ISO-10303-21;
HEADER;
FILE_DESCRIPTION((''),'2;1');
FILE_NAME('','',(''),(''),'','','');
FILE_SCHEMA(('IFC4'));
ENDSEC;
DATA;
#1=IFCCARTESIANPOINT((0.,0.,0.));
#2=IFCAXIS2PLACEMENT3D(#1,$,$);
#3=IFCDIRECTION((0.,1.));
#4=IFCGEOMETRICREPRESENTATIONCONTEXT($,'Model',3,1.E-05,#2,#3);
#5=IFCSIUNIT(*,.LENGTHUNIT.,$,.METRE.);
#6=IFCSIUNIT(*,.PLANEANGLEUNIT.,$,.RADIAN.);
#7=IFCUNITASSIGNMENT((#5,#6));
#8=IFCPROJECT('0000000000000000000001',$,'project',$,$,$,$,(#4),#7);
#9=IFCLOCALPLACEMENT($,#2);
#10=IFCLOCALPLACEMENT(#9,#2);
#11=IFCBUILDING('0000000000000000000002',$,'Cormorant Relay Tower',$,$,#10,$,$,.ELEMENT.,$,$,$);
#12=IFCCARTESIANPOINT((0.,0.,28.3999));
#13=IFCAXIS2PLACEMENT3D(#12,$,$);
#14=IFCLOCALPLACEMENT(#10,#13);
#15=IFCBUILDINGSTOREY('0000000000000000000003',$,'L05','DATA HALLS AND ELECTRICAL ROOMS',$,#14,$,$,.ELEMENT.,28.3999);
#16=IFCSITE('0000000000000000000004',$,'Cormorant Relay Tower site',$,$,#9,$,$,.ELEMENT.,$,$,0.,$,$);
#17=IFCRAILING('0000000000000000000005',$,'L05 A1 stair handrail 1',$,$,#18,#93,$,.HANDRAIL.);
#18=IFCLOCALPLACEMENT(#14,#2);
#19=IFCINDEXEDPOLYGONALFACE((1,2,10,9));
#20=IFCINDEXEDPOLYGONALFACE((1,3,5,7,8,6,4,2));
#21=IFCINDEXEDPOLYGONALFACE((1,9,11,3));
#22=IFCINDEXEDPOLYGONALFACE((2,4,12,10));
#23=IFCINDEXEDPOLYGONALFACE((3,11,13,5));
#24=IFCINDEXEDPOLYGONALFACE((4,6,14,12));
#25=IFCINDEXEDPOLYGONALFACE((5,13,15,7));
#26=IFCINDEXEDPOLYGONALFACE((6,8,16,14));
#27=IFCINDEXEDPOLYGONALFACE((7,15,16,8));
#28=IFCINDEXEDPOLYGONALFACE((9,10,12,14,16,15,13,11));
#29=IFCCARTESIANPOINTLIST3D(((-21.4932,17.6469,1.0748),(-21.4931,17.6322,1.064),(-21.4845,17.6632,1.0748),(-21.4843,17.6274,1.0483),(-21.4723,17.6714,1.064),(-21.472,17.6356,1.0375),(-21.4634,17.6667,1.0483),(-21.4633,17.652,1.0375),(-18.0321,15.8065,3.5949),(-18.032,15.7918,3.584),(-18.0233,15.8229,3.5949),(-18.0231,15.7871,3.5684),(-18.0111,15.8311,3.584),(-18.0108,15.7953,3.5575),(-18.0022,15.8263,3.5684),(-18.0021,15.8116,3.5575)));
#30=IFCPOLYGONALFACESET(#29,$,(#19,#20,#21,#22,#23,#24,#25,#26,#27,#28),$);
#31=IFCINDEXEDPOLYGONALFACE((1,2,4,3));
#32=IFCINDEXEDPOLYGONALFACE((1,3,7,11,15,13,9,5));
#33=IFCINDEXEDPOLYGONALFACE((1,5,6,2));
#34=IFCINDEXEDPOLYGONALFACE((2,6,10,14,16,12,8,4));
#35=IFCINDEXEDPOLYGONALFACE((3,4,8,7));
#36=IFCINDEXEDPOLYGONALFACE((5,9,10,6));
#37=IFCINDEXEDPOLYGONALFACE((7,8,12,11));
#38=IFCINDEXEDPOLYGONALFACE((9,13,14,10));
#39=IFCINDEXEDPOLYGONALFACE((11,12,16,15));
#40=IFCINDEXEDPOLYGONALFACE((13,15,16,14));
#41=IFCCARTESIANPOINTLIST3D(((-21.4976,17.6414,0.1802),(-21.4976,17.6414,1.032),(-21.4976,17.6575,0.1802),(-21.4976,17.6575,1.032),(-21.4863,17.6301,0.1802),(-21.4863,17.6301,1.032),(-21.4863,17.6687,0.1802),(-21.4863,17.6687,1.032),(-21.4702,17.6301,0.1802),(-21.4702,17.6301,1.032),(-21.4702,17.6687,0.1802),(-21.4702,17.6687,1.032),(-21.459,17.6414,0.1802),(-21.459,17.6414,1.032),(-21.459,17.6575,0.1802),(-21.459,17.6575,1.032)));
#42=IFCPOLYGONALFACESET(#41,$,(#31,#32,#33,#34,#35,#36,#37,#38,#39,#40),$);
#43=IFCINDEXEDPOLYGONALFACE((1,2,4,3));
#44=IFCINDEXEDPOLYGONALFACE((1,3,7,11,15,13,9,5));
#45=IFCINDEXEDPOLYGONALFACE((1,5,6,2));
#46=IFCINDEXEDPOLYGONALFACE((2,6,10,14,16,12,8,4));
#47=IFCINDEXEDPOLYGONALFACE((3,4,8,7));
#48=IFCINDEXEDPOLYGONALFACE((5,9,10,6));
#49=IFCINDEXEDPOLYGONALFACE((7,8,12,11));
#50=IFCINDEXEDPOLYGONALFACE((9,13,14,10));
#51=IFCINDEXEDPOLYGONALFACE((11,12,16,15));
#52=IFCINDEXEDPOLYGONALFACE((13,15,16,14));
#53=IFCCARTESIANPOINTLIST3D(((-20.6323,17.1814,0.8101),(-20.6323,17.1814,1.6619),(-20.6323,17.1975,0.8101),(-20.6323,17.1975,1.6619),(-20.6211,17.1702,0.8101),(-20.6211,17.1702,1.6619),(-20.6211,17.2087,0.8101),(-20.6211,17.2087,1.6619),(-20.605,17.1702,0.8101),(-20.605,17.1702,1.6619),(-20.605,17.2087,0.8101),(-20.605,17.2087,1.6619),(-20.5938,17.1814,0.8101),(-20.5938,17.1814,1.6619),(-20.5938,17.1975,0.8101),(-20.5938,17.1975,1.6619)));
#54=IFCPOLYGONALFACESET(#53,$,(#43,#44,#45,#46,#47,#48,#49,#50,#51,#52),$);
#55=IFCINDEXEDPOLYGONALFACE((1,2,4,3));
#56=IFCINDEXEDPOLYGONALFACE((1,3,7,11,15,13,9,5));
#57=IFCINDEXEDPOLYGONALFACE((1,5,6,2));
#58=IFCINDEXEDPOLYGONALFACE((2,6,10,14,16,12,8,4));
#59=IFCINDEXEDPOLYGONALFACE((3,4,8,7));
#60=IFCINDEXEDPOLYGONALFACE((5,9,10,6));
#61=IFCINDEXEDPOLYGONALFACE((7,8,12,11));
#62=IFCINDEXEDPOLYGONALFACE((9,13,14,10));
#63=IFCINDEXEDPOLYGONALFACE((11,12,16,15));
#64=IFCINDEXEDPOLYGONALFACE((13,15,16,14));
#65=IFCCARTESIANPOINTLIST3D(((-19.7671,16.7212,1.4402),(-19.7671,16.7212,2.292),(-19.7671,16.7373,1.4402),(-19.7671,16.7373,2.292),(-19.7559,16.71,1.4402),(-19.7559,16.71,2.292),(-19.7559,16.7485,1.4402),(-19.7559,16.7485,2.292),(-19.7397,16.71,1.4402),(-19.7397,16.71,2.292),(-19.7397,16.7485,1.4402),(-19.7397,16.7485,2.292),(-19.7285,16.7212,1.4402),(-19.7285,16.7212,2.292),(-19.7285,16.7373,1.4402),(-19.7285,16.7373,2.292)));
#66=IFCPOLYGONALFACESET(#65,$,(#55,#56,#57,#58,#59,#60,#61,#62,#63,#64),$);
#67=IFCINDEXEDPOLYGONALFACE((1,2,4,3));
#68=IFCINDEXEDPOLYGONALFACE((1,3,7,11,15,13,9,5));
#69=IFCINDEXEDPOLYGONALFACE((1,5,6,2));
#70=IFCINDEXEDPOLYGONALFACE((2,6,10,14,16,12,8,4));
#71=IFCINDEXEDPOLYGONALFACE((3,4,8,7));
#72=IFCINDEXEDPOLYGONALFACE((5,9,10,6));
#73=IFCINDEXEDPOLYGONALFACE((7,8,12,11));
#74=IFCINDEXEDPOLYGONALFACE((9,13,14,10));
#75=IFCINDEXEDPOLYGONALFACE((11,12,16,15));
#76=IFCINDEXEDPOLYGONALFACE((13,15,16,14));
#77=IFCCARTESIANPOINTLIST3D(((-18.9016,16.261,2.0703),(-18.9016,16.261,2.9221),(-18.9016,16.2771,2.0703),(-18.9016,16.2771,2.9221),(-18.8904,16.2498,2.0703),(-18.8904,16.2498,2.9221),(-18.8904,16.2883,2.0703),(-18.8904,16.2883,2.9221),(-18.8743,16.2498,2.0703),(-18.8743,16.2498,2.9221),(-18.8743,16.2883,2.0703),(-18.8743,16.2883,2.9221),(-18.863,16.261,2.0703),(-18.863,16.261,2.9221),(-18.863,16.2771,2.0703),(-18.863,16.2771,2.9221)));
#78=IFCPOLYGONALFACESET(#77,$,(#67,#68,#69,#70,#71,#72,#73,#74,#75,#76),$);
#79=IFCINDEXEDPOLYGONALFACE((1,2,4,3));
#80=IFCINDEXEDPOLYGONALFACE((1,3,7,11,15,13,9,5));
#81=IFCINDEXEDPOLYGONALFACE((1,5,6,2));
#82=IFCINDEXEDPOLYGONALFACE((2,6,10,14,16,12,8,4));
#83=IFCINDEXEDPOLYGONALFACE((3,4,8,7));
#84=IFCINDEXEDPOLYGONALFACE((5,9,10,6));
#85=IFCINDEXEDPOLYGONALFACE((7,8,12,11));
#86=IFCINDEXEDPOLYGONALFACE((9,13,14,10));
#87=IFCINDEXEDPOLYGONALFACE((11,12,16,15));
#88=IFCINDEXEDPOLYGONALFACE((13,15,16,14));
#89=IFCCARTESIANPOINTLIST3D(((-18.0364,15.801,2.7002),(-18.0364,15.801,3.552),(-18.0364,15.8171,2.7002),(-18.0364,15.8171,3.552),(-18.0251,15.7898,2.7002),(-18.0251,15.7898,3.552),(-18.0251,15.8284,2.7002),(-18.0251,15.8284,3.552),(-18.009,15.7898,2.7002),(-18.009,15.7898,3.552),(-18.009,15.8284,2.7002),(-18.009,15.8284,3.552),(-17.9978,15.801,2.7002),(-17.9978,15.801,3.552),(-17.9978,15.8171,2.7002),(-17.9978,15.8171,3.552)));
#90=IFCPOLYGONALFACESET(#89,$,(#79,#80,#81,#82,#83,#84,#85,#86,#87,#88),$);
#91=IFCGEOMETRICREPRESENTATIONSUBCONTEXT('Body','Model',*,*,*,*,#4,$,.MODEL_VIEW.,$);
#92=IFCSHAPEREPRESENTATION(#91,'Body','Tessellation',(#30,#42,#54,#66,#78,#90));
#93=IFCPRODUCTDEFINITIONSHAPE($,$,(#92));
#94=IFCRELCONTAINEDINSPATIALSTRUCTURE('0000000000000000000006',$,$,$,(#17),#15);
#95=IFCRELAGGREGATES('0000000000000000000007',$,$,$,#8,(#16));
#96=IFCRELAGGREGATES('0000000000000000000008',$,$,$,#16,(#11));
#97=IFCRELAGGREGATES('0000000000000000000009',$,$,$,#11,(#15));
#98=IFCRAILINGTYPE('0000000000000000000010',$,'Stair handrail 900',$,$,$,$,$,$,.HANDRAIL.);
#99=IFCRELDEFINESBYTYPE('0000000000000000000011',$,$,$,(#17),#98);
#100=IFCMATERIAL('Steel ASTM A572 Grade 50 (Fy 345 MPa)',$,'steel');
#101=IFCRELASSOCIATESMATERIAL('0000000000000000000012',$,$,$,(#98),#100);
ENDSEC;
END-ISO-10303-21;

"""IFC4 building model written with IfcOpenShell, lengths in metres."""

from ifc_helpers import new_model, si_unit, direction, frame, origin, place, context, subcontext, project, spatial, polyline, outline, extrude, material, type_object, element, save


model = new_model("IFC4")

# Units and contexts
model_context = context("Model", 3, precision=1e-05, world=origin(), true_north=direction((0.0, 1.0)))
body_context = subcontext(model_context, "Body", "Model", "MODEL_VIEW")
ifc_project = project(units=[si_unit("LENGTHUNIT", "METRE"), si_unit("PLANEANGLEUNIT", "RADIAN")], contexts=[model_context])

# Site, building, storey
site_placement = place(None, origin())
site = spatial("IfcSite", under=ifc_project, at=site_placement, Name="Cormorant Relay Tower site", CompositionType="ELEMENT", RefElevation=0.0)
building_placement = place(site_placement, origin())
building = spatial("IfcBuilding", under=site, at=building_placement, Name="Cormorant Relay Tower", CompositionType="ELEMENT")
storey_placement = place(building_placement, frame((0.0, 0.0, 28.3999)))
storey = spatial("IfcBuildingStorey", under=building, at=storey_placement, Name="L05", Description="DATA HALLS AND ELECTRICAL ROOMS", CompositionType="ELEMENT", Elevation=28.3999)

# Railing
ifc_material_1 = material(Name="Steel ASTM A572 Grade 50 (Fy 345 MPa)", Category="steel")
railing_type_1 = type_object("IfcRailingType", Name="Stair handrail 900", PredefinedType="HANDRAIL", material=ifc_material_1)
railing_1_placement = place(storey_placement, frame((-21.4783, 17.6494, 0.1802)))
element("IfcRailing", 1, at=railing_1_placement, inside=storey, type_object=railing_type_1, Name="L05 A1 stair handrail 1", PredefinedType="HANDRAIL", context=body_context, shape_type="SweptSolid", body=[
    extrude(outline(polyline([(0.0222, 0.0093), (0.0093, 0.0222), (-0.0093, 0.0222), (-0.0222, 0.0093), (-0.0222, -0.0093), (-0.0093, -0.0222), (0.0093, -0.0222), (0.0222, -0.0093), (0.0222, 0.0093)])), frame((0.0, 0.0, 0.876), z_axis=(0.742717, -0.394907, 0.540758), x_axis=(0.469469, 0.882949, 0.0)), (0.0, 0.0, 1.0), 4.6602),
    extrude(outline(polyline([(0.0193, 0.0081), (0.0081, 0.0193), (-0.0081, 0.0193), (-0.0193, 0.0081), (-0.0193, -0.0081), (-0.0081, -0.0193), (0.0081, -0.0193), (0.0193, -0.0081), (0.0193, 0.0081)])), origin(), (0.0, 0.0, 1.0), 0.8518),
    extrude(outline(polyline([(0.0193, 0.0081), (0.0081, 0.0193), (-0.0081, 0.0193), (-0.0193, 0.0081), (-0.0193, -0.0081), (-0.0081, -0.0193), (0.0081, -0.0193), (0.0193, -0.0081), (0.0193, 0.0081)])), frame((0.8652, -0.46, 0.6299)), (0.0, 0.0, 1.0), 0.8518),
    extrude(outline(polyline([(0.0193, 0.0081), (0.0081, 0.0193), (-0.0081, 0.0193), (-0.0193, 0.0081), (-0.0193, -0.0081), (-0.0081, -0.0193), (0.0081, -0.0193), (0.0193, -0.0081), (0.0193, 0.0081)])), frame((1.7305, -0.9202, 1.26)), (0.0, 0.0, 1.0), 0.8518),
    extrude(outline(polyline([(0.0193, 0.0081), (0.0081, 0.0193), (-0.0081, 0.0193), (-0.0193, 0.0081), (-0.0193, -0.0081), (-0.0081, -0.0193), (0.0081, -0.0193), (0.0193, -0.0081), (0.0193, 0.0081)])), frame((2.5959, -1.3804, 1.8901)), (0.0, 0.0, 1.0), 0.8518),
    extrude(outline(polyline([(0.0193, 0.0081), (0.0081, 0.0193), (-0.0081, 0.0193), (-0.0193, 0.0081), (-0.0193, -0.0081), (-0.0081, -0.0193), (0.0081, -0.0193), (0.0193, -0.0081), (0.0193, 0.0081)])), frame((3.4612, -1.8403, 2.52)), (0.0, 0.0, 1.0), 0.8518),
])

save(model, "model.ifc")
